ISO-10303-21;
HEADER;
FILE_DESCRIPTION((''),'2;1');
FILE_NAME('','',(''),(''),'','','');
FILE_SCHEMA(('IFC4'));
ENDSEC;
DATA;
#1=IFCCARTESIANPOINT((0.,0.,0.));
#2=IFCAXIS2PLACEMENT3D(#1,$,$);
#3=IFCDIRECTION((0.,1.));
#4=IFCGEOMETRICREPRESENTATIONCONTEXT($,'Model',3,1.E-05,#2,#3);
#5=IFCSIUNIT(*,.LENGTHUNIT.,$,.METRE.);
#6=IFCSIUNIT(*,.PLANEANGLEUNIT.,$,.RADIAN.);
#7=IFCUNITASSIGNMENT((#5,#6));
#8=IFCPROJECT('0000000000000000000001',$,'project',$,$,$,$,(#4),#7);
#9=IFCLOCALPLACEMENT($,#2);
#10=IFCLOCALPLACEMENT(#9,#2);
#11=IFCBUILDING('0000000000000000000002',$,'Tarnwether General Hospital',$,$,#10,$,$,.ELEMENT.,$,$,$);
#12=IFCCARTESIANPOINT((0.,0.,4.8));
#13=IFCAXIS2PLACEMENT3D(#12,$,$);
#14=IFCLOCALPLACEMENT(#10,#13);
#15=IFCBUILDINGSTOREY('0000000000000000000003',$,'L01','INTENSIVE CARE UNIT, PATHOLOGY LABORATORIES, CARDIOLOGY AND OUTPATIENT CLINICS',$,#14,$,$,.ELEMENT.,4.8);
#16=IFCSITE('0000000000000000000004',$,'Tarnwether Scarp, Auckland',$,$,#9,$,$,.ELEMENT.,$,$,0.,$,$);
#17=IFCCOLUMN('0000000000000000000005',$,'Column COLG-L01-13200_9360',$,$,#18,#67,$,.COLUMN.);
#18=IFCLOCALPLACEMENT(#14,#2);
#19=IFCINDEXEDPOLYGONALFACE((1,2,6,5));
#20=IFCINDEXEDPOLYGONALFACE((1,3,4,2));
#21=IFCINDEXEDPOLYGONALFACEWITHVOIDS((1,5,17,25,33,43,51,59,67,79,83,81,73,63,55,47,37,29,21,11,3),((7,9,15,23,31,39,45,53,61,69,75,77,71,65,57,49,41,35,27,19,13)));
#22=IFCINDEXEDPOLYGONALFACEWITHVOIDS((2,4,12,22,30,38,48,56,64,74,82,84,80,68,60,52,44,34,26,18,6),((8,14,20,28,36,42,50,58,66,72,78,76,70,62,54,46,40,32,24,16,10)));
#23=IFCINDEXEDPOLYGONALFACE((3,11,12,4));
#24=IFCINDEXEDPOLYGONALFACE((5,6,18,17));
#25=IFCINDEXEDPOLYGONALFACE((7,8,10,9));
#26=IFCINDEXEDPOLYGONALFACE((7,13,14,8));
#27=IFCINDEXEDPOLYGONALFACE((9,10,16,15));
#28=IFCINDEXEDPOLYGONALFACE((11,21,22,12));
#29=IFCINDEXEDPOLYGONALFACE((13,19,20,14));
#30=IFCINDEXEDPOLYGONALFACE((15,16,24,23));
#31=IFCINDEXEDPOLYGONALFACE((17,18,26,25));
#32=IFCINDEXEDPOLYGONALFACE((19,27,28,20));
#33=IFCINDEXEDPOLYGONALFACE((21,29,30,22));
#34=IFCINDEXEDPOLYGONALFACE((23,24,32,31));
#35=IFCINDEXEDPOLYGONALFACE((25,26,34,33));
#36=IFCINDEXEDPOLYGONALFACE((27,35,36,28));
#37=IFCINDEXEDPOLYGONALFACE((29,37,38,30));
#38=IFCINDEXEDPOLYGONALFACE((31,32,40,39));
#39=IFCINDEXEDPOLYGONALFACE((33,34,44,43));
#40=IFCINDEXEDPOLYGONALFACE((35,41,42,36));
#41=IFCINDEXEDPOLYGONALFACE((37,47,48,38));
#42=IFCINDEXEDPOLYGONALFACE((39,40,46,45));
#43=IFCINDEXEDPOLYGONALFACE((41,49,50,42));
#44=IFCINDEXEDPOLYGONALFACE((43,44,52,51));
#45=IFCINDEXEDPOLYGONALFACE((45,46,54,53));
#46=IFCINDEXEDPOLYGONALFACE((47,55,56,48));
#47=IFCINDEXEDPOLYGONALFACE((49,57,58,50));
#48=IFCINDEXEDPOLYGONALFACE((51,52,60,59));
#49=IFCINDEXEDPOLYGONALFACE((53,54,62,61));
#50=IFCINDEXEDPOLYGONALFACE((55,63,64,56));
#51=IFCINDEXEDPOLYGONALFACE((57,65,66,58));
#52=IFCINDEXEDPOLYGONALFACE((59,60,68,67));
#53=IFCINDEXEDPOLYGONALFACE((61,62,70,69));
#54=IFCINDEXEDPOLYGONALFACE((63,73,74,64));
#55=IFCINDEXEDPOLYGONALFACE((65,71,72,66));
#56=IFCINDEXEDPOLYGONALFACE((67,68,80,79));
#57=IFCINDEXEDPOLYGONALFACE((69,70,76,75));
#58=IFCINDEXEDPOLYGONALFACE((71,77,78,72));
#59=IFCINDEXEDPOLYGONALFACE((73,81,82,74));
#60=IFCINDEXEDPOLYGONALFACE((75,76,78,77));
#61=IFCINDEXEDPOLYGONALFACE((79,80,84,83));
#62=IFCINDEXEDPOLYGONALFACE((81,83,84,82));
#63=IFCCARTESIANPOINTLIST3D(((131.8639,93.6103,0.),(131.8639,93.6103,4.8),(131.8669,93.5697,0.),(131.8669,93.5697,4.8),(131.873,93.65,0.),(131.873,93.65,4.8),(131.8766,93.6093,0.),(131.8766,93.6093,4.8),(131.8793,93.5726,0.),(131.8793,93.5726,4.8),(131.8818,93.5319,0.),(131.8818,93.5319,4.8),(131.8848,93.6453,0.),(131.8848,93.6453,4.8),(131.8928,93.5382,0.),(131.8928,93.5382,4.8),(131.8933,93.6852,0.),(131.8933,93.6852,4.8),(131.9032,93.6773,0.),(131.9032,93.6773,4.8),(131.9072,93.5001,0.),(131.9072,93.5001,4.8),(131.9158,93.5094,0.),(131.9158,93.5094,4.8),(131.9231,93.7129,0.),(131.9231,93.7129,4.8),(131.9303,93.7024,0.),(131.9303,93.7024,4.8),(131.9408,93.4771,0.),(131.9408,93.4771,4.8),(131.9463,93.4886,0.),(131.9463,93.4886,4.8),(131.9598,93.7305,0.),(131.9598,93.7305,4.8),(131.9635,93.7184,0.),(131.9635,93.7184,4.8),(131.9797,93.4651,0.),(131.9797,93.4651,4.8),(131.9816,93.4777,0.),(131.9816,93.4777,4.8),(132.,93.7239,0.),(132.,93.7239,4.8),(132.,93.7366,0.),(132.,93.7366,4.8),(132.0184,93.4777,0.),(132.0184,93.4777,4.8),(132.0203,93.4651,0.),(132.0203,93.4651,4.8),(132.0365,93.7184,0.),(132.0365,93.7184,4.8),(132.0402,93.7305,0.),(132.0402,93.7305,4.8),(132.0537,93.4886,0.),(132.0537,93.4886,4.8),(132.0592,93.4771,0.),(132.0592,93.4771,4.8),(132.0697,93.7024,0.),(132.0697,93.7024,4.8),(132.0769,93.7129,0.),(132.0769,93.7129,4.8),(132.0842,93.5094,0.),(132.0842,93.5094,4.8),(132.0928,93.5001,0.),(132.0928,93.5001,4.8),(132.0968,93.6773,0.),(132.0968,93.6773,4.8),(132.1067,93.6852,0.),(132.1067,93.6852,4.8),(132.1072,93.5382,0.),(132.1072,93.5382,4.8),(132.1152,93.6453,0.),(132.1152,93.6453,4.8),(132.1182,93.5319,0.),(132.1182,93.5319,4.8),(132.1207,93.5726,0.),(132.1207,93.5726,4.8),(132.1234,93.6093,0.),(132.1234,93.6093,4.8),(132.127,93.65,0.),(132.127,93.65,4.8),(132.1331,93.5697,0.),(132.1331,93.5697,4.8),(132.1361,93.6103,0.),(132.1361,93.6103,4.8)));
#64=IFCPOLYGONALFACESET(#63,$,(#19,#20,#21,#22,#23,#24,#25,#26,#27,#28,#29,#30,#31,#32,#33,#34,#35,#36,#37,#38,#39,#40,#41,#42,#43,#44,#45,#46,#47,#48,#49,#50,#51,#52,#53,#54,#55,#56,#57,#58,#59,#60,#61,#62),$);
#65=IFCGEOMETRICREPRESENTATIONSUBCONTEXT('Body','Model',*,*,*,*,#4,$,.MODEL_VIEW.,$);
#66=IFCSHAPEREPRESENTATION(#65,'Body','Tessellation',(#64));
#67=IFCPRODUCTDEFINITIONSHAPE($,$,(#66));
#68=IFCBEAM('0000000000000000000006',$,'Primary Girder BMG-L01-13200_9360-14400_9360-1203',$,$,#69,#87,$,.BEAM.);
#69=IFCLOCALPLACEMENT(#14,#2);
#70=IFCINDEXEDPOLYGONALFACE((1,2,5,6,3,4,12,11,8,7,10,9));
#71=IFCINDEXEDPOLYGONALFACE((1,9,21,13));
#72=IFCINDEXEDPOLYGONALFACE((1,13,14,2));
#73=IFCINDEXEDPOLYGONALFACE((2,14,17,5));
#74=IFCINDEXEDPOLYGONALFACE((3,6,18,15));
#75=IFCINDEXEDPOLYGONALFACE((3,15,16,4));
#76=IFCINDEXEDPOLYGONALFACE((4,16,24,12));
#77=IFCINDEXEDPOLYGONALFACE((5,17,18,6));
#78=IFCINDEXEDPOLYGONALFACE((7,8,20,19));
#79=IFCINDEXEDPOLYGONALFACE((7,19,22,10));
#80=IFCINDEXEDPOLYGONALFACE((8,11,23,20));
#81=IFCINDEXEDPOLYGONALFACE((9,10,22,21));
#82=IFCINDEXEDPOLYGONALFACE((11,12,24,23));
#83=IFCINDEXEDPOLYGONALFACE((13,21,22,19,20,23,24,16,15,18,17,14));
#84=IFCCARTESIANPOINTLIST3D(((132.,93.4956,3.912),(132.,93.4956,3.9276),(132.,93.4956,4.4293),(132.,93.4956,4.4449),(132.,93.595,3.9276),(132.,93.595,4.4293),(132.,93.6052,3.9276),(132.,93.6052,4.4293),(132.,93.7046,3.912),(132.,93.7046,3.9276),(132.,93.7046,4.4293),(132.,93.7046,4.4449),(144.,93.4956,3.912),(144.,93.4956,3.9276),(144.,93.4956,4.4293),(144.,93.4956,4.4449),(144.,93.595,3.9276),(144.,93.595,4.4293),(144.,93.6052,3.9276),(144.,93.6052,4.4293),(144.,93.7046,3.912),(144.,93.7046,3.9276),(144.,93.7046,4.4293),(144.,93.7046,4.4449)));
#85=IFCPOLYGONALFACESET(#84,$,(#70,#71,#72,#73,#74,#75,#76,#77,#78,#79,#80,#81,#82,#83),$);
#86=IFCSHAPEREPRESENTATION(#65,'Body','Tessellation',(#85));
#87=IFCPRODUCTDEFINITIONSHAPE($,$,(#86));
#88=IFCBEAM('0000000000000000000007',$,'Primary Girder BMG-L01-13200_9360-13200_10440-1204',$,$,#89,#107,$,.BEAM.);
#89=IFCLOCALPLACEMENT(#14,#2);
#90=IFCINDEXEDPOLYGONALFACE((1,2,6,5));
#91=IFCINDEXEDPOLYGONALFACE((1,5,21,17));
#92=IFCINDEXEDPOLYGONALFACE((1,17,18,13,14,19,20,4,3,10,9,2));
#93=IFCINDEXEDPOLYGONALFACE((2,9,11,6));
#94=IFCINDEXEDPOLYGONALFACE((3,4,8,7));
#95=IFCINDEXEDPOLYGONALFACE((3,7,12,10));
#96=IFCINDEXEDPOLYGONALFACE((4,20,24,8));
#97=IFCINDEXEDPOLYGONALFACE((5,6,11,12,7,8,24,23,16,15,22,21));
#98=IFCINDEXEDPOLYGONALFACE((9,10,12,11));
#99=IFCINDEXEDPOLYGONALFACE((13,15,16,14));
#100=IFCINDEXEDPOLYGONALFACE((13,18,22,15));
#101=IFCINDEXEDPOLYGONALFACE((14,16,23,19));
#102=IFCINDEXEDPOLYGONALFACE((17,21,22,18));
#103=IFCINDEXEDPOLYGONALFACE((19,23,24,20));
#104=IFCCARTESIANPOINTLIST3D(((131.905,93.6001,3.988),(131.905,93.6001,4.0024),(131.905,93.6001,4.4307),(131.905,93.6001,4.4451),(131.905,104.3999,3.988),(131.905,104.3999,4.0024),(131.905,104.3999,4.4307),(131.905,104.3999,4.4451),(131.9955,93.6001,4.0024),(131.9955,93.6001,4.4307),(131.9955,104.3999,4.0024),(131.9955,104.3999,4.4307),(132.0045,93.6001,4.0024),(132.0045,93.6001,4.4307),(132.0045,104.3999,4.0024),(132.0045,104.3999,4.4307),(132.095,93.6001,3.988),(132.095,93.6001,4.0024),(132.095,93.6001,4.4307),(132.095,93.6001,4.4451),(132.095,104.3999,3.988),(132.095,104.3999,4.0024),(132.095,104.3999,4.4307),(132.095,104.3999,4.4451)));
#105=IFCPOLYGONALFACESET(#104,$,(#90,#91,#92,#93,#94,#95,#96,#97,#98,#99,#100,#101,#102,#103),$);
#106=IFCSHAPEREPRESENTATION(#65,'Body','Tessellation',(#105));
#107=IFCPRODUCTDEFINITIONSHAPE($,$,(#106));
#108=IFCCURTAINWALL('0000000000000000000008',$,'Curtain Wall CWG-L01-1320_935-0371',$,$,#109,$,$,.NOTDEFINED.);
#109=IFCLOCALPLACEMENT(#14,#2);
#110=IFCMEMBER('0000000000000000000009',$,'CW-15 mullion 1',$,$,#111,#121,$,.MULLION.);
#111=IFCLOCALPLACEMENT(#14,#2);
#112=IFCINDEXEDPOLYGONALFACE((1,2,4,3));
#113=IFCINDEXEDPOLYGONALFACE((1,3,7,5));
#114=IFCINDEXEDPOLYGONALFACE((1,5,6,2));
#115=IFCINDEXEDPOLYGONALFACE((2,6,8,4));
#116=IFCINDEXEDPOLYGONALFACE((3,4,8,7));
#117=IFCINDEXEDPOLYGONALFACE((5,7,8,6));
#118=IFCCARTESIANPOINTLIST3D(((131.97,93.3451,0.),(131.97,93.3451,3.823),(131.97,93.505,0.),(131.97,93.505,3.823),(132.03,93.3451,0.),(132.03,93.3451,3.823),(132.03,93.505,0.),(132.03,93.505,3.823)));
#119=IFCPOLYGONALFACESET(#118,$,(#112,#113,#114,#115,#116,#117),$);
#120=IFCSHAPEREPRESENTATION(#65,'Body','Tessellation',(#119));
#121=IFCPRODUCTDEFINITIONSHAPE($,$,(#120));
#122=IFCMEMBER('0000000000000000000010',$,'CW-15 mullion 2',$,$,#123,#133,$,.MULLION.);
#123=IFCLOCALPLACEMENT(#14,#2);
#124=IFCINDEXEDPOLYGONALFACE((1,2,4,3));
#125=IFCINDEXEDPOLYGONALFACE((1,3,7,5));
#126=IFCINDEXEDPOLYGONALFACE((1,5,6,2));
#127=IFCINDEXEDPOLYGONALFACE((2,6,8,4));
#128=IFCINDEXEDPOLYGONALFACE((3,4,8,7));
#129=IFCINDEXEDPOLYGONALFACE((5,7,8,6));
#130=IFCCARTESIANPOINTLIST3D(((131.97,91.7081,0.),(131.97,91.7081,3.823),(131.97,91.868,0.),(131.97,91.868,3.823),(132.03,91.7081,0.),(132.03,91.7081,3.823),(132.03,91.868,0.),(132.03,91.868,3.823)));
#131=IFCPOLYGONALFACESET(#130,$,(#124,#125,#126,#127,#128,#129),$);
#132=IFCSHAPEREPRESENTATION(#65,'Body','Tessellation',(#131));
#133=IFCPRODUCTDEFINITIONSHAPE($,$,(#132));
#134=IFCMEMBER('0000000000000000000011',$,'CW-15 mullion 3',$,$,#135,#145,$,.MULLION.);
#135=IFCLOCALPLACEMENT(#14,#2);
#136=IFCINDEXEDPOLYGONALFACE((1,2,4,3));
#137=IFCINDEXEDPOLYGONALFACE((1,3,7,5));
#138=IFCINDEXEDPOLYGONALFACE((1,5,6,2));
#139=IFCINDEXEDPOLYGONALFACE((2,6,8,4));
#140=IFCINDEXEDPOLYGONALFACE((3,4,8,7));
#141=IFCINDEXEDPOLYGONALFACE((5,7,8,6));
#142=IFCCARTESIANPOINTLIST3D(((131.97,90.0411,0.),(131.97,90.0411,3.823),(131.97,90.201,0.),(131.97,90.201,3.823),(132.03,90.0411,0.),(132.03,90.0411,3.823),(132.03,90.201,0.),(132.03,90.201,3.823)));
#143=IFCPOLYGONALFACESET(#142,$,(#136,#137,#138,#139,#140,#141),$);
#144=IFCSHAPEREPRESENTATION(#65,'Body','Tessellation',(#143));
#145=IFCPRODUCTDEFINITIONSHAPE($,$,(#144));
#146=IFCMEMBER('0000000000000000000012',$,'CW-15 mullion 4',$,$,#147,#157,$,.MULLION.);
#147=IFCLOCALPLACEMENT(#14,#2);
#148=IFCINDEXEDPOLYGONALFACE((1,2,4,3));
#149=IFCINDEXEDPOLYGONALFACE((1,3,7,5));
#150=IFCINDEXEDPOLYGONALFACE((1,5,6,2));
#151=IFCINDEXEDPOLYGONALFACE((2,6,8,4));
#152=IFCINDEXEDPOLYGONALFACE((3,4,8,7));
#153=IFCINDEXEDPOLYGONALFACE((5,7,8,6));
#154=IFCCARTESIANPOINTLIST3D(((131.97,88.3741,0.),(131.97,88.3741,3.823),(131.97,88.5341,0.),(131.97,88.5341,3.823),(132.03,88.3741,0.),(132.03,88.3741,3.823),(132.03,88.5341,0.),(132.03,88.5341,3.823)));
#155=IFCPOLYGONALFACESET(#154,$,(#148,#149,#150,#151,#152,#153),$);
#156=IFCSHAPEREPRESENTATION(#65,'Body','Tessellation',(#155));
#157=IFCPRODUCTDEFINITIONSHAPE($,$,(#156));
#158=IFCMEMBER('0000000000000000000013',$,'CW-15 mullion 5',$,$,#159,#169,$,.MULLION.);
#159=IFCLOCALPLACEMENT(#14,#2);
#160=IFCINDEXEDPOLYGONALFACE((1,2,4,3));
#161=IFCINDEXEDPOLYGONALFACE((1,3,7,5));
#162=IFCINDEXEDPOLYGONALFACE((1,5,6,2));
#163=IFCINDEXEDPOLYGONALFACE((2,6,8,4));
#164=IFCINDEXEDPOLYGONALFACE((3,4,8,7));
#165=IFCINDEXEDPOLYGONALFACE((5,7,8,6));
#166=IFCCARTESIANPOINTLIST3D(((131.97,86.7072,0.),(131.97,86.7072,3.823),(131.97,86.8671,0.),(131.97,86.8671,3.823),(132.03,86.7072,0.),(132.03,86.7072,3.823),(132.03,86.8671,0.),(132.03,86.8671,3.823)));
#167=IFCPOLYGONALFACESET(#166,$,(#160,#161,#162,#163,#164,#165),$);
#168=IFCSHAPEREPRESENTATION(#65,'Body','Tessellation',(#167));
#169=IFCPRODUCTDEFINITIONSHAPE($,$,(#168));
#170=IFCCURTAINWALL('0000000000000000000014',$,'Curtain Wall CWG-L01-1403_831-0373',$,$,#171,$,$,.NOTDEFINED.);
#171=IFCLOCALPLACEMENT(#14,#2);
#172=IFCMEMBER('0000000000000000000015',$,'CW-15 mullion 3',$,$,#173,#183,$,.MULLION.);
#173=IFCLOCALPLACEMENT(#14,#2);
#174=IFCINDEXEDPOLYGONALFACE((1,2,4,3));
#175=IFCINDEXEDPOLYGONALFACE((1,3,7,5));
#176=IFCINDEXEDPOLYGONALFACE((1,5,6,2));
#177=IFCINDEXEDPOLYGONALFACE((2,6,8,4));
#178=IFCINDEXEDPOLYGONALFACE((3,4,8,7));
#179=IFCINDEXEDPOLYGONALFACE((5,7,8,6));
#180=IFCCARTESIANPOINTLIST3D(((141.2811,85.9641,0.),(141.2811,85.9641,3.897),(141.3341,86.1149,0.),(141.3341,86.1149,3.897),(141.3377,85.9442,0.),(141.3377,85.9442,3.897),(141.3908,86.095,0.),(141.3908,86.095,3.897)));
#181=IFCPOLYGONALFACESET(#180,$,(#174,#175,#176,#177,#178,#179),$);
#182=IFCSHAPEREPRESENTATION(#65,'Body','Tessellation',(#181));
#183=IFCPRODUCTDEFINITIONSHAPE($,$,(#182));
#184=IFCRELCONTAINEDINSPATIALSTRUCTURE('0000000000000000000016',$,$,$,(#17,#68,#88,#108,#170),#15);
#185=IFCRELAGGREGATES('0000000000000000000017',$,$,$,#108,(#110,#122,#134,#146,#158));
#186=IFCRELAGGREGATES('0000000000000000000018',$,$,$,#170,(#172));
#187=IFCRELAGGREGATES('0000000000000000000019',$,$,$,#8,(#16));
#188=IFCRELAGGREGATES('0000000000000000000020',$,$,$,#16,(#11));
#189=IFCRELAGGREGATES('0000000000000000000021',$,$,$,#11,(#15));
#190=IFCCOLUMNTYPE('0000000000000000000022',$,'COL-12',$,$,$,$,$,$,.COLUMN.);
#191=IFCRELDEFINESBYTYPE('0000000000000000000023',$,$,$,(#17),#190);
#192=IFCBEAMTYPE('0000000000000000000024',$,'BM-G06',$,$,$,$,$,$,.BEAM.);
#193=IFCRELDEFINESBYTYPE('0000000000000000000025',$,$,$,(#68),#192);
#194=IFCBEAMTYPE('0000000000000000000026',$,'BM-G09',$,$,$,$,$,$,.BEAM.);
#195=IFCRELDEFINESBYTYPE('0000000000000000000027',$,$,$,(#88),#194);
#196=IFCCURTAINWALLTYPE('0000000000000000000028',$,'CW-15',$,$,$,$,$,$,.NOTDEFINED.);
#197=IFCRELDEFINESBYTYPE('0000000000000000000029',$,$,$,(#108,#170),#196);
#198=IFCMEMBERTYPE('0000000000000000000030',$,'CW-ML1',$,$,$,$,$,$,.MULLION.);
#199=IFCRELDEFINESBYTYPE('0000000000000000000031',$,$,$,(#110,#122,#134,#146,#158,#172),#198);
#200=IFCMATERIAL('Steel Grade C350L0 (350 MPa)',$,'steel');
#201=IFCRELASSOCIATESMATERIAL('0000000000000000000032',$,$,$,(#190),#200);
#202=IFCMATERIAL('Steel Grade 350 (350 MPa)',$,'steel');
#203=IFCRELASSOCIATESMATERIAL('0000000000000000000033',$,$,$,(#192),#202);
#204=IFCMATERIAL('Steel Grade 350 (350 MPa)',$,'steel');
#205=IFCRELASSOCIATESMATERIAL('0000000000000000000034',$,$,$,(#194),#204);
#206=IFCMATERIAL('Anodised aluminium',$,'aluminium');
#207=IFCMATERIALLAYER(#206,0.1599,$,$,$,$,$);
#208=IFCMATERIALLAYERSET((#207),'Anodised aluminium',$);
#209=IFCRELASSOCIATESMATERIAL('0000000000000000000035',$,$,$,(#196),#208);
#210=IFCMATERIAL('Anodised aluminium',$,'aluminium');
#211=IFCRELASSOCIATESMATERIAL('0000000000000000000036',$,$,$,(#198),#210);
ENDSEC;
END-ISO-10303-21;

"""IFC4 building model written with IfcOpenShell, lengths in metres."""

from ifc_helpers import new_model, si_unit, direction, frame, origin, origin_2d, place, context, subcontext, project, spatial, rectangle, hollow_circle, i_section, extrude, material, layer, layer_set, material_profile, profile_set, type_object, element, aggregate, save


model = new_model("IFC4")

# Units and contexts
model_context = context("Model", 3, precision=1e-05, world=origin(), true_north=direction((0.0, 1.0)))
body_context = subcontext(model_context, "Body", "Model", "MODEL_VIEW")
ifc_project = project(units=[si_unit("LENGTHUNIT", "METRE"), si_unit("PLANEANGLEUNIT", "RADIAN")], contexts=[model_context])

# Site, building, storey
site_placement = place(None, origin())
site = spatial("IfcSite", under=ifc_project, at=site_placement, Name="Tarnwether Scarp, Auckland", CompositionType="ELEMENT", RefElevation=0.0)
building_placement = place(site_placement, origin())
building = spatial("IfcBuilding", under=site, at=building_placement, Name="Tarnwether General Hospital", CompositionType="ELEMENT")
storey_placement = place(building_placement, frame((0.0, 0.0, 4.8)))
storey = spatial("IfcBuildingStorey", under=building, at=storey_placement, Name="L01", Description="INTENSIVE CARE UNIT, PATHOLOGY LABORATORIES, CARDIOLOGY AND OUTPATIENT CLINICS", CompositionType="ELEMENT", Elevation=4.8)

# Column
ifc_material_1 = material(Name="Steel Grade C350L0 (350 MPa)", Category="steel")
ifc_material_profile_1 = material_profile(ifc_material_1, hollow_circle(Radius=0.1365, WallThickness=0.0127, at=origin_2d()), Name="CHS273.1x12.7")
ifc_profile_set_1 = profile_set([ifc_material_profile_1], Name="Steel Grade C350L0 (350 MPa)")
column_type = type_object("IfcColumnType", Name="COL-12", PredefinedType="COLUMN", material=ifc_profile_set_1)
column_placement = place(storey_placement, frame((132.0, 93.6001, 0.0), z_axis=(0.0, 0.0, 1.0), x_axis=(0.0, 1.0, 0.0)))
element("IfcColumn", 1, at=column_placement, inside=storey, type_object=column_type, Name="Column COLG-L01-13200_9360", PredefinedType="COLUMN", context=body_context, shape_type="SweptSolid", body=[
    extrude(hollow_circle(Radius=0.1365, WallThickness=0.0127, at=origin_2d()), origin(), (0.0, 0.0, 1.0), 4.8),
])

# Beams
ifc_material_2 = material(Name="Steel Grade 350 (350 MPa)", Category="steel")
ifc_material_profile_2 = material_profile(ifc_material_2, i_section(OverallWidth=0.209, OverallDepth=0.533, WebThickness=0.0103, FlangeThickness=0.0156, at=origin_2d()), Name="530UB92.4")
ifc_profile_set_2 = profile_set([ifc_material_profile_2], Name="Steel Grade 350 (350 MPa)")
beam_type_1 = type_object("IfcBeamType", Name="BM-G06", PredefinedType="BEAM", material=ifc_profile_set_2)
beam_1_placement = place(storey_placement, frame((132.0, 93.6001, 4.1785), z_axis=(1.0, 0.0, 0.0), x_axis=(0.0, 1.0, 0.0)))
element("IfcBeam", 2, at=beam_1_placement, inside=storey, type_object=beam_type_1, Name="Primary Girder BMG-L01-13200_9360-14400_9360-1203", PredefinedType="BEAM", context=body_context, shape_type="SweptSolid", body=[
    extrude(i_section(OverallWidth=0.209, OverallDepth=0.533, WebThickness=0.0103, FlangeThickness=0.0156, at=origin_2d()), origin(), (0.0, 0.0, 1.0), 12.0),
])
ifc_material_3 = material(Name="Steel Grade 350 (350 MPa)", Category="steel")
ifc_material_profile_3 = material_profile(ifc_material_3, i_section(OverallWidth=0.1899, OverallDepth=0.457, WebThickness=0.009, FlangeThickness=0.0144, at=origin_2d()), Name="460UB74.6")
ifc_profile_set_3 = profile_set([ifc_material_profile_3], Name="Steel Grade 350 (350 MPa)")
beam_type_2 = type_object("IfcBeamType", Name="BM-G09", PredefinedType="BEAM", material=ifc_profile_set_3)
beam_2_placement = place(storey_placement, frame((132.0, 93.6001, 4.2166), z_axis=(0.0, 1.0, 0.0), x_axis=(-1.0, 0.0, 0.0)))
element("IfcBeam", 3, at=beam_2_placement, inside=storey, type_object=beam_type_2, Name="Primary Girder BMG-L01-13200_9360-13200_10440-1204", PredefinedType="BEAM", context=body_context, shape_type="SweptSolid", body=[
    extrude(i_section(OverallWidth=0.1899, OverallDepth=0.457, WebThickness=0.009, FlangeThickness=0.0144, at=origin_2d()), origin(), (0.0, 0.0, 1.0), 10.7998),
])

# Curtain wall, members
ifc_material_4 = material(Name="Anodised aluminium", Category="aluminium")
ifc_layer_1 = layer(ifc_material_4, 0.1599)
ifc_layer_set_1 = layer_set([ifc_layer_1], Name="Anodised aluminium")
curtain_wall_type = type_object("IfcCurtainWallType", Name="CW-15", PredefinedType="NOTDEFINED", material=ifc_layer_set_1)
curtain_wall_1_placement = place(storey_placement, origin())
curtain_wall_1 = element("IfcCurtainWall", 4, at=curtain_wall_1_placement, inside=storey, type_object=curtain_wall_type, Name="Curtain Wall CWG-L01-1320_935-0371", PredefinedType="NOTDEFINED")
ifc_material_5 = material(Name="Anodised aluminium", Category="aluminium")
ifc_material_profile_4 = material_profile(ifc_material_5, rectangle(XDim=0.0601, YDim=0.1599, at=origin_2d()), Name="ALU-MUL-60x160")
ifc_profile_set_4 = profile_set([ifc_material_profile_4], Name="Anodised aluminium")
member_type_1 = type_object("IfcMemberType", Name="CW-ML1", PredefinedType="MULLION", material=ifc_profile_set_4)
member_1_placement = place(storey_placement, frame((132.0, 93.425, 0.0), z_axis=(0.0, 0.0, 1.0), x_axis=(1.0, 0.0, 0.0)))
member_1 = element("IfcMember", 5, at=member_1_placement, type_object=member_type_1, Name="CW-15 mullion 1", PredefinedType="MULLION", context=body_context, shape_type="SweptSolid", body=[
    extrude(rectangle(XDim=0.0601, YDim=0.1599, at=origin_2d()), origin(), (0.0, 0.0, 1.0), 3.823),
])
member_2_placement = place(storey_placement, frame((132.0, 91.7881, 0.0), z_axis=(0.0, 0.0, 1.0), x_axis=(1.0, 0.0, 0.0)))
member_2 = element("IfcMember", 6, at=member_2_placement, type_object=member_type_1, Name="CW-15 mullion 2", PredefinedType="MULLION", context=body_context, shape_type="SweptSolid", body=[
    extrude(rectangle(XDim=0.0601, YDim=0.1599, at=origin_2d()), origin(), (0.0, 0.0, 1.0), 3.823),
])
member_3_placement = place(storey_placement, frame((132.0, 90.1211, 0.0), z_axis=(0.0, 0.0, 1.0), x_axis=(1.0, 0.0, 0.0)))
member_3 = element("IfcMember", 7, at=member_3_placement, type_object=member_type_1, Name="CW-15 mullion 3", PredefinedType="MULLION", context=body_context, shape_type="SweptSolid", body=[
    extrude(rectangle(XDim=0.0601, YDim=0.1599, at=origin_2d()), origin(), (0.0, 0.0, 1.0), 3.823),
])
member_4_placement = place(storey_placement, frame((132.0, 88.4541, 0.0), z_axis=(0.0, 0.0, 1.0), x_axis=(1.0, 0.0, 0.0)))
member_4 = element("IfcMember", 8, at=member_4_placement, type_object=member_type_1, Name="CW-15 mullion 4", PredefinedType="MULLION", context=body_context, shape_type="SweptSolid", body=[
    extrude(rectangle(XDim=0.0601, YDim=0.1599, at=origin_2d()), origin(), (0.0, 0.0, 1.0), 3.823),
])
member_5_placement = place(storey_placement, frame((132.0, 86.7871, 0.0), z_axis=(0.0, 0.0, 1.0), x_axis=(1.0, 0.0, 0.0)))
member_5 = element("IfcMember", 9, at=member_5_placement, type_object=member_type_1, Name="CW-15 mullion 5", PredefinedType="MULLION", context=body_context, shape_type="SweptSolid", body=[
    extrude(rectangle(XDim=0.0601, YDim=0.1599, at=origin_2d()), origin(), (0.0, 0.0, 1.0), 3.823),
])

# Curtain wall, member
curtain_wall_2_placement = place(storey_placement, origin())
curtain_wall_2 = element("IfcCurtainWall", 10, at=curtain_wall_2_placement, inside=storey, type_object=curtain_wall_type, Name="Curtain Wall CWG-L01-1403_831-0373", PredefinedType="NOTDEFINED")
member_6_placement = place(storey_placement, frame((141.3359, 86.0295, 0.0), z_axis=(0.0, 0.0, 1.0), x_axis=(-0.943314, 0.331902, 0.0)))
member_6 = element("IfcMember", 11, at=member_6_placement, type_object=member_type_1, Name="CW-15 mullion 3", PredefinedType="MULLION", context=body_context, shape_type="SweptSolid", body=[
    extrude(rectangle(XDim=0.0601, YDim=0.1599, at=origin_2d()), origin(), (0.0, 0.0, 1.0), 3.897),
])

aggregate(curtain_wall_1, [member_1, member_2, member_3, member_4, member_5])
aggregate(curtain_wall_2, [member_6])

save(model, "model.ifc")
